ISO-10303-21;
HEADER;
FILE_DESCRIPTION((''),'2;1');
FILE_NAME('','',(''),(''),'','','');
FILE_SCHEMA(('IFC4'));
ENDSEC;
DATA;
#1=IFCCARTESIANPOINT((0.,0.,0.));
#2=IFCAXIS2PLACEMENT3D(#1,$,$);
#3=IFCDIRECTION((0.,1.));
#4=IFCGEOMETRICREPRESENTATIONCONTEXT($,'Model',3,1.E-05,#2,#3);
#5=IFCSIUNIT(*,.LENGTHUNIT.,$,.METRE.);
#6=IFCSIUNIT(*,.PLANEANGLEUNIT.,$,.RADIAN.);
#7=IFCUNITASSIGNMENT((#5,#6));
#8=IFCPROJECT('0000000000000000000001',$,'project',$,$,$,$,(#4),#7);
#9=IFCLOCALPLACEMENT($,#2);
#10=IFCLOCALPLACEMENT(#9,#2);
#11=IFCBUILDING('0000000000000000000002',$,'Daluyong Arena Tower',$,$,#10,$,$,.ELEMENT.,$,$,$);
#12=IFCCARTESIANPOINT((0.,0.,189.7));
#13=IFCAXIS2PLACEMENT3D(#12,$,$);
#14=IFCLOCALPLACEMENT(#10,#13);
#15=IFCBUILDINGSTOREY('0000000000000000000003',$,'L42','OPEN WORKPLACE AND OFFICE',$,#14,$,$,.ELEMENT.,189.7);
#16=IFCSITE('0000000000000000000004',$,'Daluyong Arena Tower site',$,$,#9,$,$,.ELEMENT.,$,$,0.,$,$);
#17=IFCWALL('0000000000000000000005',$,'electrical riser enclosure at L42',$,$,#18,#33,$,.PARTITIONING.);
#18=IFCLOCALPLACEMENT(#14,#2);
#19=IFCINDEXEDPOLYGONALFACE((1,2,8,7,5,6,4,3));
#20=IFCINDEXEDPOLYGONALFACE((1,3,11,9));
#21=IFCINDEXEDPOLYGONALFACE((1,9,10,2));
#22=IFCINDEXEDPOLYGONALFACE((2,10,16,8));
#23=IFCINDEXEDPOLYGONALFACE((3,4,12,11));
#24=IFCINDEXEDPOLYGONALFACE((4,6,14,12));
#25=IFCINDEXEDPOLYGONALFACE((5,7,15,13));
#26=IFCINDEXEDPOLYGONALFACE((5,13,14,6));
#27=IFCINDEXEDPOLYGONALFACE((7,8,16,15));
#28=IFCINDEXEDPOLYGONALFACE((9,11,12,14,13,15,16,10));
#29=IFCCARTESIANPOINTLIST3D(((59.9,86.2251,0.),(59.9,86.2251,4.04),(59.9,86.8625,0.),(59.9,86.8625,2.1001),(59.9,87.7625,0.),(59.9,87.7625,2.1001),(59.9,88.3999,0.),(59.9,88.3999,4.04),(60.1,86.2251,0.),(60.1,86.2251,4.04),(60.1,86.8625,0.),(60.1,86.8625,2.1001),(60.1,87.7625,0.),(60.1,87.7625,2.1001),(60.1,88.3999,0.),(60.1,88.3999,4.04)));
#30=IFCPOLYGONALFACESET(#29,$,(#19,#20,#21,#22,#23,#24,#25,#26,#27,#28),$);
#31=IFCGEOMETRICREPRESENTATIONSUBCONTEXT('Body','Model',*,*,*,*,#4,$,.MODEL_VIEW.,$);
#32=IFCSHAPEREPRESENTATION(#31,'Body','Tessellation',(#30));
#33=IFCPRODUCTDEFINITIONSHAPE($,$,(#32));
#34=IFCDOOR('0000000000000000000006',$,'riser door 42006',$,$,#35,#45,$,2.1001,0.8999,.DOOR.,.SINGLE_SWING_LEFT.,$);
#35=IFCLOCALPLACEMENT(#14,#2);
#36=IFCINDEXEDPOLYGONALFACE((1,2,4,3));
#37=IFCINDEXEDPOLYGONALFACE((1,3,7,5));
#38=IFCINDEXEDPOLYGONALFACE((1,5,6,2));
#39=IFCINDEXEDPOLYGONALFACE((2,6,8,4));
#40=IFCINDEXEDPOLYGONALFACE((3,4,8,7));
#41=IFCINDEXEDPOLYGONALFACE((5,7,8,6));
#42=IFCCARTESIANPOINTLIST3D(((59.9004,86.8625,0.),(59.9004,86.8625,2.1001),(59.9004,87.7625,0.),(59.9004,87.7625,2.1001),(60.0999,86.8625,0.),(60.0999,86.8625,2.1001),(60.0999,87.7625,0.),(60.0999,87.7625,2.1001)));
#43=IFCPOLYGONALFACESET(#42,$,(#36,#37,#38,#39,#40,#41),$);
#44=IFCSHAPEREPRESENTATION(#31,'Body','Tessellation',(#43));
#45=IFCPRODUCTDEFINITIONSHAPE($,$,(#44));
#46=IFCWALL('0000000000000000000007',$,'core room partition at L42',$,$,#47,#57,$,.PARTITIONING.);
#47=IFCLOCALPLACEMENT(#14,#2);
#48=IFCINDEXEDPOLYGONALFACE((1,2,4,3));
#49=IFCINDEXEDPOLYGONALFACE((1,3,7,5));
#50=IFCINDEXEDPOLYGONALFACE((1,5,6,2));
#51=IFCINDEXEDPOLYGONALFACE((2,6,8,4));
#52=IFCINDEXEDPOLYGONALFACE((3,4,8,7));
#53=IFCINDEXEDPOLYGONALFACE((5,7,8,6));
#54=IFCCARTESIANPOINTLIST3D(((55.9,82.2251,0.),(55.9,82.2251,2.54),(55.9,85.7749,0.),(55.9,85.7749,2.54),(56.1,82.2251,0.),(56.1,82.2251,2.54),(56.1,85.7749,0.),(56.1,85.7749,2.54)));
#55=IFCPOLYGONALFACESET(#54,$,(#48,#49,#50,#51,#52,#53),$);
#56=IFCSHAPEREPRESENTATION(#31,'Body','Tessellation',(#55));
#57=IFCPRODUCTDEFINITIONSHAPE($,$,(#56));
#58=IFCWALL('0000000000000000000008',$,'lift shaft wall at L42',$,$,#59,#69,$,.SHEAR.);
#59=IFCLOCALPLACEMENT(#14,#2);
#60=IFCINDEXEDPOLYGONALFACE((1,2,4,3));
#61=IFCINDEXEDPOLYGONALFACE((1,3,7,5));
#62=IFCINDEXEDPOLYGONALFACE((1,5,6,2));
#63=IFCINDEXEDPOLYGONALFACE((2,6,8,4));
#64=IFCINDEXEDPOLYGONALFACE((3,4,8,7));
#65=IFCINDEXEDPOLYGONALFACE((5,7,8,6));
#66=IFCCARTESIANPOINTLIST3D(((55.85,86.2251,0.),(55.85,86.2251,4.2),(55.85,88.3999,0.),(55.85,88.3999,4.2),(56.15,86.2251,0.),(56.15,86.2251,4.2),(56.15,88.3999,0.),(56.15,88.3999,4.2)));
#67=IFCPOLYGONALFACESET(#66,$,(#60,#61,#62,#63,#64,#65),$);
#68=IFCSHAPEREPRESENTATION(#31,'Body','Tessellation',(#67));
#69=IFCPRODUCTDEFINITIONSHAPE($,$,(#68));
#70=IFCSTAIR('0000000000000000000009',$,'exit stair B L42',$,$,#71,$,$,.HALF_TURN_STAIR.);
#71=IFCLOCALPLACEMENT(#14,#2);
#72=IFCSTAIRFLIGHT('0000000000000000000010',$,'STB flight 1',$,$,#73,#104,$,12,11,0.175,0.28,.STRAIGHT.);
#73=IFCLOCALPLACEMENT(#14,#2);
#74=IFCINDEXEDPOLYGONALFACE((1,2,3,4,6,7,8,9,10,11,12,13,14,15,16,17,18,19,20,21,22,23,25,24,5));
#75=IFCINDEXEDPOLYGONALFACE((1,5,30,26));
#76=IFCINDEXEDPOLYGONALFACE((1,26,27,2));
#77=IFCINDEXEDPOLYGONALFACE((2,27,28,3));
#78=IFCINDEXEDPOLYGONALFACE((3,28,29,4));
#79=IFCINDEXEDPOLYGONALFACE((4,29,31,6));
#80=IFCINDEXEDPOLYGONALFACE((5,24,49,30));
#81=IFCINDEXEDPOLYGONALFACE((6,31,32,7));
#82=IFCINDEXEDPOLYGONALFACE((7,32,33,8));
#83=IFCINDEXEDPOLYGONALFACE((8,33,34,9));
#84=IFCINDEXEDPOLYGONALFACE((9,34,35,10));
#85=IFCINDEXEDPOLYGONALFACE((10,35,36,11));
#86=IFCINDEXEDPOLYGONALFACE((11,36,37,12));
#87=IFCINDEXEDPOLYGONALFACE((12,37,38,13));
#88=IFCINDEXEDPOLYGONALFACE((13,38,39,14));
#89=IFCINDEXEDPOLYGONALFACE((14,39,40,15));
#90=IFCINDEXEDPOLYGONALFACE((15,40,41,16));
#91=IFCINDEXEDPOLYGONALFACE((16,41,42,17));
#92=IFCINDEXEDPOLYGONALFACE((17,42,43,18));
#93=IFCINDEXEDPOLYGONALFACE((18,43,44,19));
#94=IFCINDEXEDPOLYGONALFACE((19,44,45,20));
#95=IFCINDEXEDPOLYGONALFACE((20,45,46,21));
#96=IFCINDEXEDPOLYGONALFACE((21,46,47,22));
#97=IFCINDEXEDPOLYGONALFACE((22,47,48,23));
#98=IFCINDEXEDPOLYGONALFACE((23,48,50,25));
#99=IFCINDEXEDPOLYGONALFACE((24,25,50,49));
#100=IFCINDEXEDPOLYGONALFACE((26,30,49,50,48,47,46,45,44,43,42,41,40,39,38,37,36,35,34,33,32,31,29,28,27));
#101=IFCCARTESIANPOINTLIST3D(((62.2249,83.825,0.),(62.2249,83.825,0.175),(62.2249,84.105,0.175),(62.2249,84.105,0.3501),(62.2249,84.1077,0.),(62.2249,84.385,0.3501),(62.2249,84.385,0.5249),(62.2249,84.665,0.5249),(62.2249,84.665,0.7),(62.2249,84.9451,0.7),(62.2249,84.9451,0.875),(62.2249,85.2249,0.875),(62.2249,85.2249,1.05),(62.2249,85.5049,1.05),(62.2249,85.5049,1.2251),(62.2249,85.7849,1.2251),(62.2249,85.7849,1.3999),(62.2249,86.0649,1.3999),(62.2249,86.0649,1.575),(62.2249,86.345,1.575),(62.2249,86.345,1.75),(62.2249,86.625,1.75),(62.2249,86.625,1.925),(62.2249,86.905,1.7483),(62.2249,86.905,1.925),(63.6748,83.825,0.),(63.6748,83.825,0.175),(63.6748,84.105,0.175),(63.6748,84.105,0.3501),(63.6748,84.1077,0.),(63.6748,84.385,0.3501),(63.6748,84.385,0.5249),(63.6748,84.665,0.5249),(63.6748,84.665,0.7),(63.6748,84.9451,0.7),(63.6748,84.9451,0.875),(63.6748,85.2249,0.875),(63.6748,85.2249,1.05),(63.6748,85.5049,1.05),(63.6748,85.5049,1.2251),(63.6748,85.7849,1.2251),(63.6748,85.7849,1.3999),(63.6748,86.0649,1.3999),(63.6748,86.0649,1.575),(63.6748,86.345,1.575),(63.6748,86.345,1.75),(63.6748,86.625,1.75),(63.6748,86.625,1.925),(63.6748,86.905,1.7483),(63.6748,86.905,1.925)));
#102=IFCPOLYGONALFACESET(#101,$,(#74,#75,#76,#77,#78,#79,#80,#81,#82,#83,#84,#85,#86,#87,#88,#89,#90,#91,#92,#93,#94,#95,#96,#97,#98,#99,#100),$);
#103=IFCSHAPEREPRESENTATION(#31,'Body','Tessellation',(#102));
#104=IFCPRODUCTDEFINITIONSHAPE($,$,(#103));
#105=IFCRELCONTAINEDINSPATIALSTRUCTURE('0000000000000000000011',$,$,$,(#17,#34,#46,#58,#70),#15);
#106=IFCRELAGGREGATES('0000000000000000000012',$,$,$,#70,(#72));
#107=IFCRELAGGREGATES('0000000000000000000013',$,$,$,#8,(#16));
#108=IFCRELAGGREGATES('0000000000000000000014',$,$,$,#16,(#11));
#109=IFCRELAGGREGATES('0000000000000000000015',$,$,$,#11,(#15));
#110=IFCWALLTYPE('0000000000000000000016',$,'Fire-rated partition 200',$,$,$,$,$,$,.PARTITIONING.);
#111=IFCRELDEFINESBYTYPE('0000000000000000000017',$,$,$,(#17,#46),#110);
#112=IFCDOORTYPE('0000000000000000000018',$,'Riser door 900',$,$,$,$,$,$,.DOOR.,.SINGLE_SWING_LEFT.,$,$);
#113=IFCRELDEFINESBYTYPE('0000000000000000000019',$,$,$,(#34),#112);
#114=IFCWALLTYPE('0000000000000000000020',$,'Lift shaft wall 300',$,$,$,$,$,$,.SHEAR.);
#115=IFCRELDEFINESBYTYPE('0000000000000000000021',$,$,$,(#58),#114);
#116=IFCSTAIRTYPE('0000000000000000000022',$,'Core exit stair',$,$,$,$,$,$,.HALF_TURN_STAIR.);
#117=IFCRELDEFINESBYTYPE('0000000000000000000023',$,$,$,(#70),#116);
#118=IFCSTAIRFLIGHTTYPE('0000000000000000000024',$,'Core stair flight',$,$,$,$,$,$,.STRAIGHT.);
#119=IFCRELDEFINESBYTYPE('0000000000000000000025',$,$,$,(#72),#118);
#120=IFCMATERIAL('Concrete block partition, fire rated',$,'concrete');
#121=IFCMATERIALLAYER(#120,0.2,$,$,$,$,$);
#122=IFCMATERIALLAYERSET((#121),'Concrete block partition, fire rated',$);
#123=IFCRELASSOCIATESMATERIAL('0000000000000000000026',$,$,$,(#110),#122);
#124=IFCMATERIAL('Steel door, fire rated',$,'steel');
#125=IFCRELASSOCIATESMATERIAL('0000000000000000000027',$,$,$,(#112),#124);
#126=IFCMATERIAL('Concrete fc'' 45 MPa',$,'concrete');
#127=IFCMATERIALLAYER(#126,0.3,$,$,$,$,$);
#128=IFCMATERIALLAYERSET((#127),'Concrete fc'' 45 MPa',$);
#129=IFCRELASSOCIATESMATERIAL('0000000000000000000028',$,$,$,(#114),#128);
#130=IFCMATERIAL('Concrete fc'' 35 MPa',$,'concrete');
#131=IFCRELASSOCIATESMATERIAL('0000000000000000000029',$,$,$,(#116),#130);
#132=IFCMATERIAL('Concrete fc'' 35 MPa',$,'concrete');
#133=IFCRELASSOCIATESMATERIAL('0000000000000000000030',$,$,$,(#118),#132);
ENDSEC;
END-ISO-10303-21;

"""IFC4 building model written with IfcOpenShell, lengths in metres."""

from ifc_helpers import new_model, si_unit, direction, frame, frame_2d, origin, place, context, subcontext, project, spatial, polyline, rectangle, outline, extrude, material, layer, layer_set, type_object, element, fill, aggregate, save


model = new_model("IFC4")

# Units and contexts
model_context = context("Model", 3, precision=1e-05, world=origin(), true_north=direction((0.0, 1.0)))
body_context = subcontext(model_context, "Body", "Model", "MODEL_VIEW")
ifc_project = project(units=[si_unit("LENGTHUNIT", "METRE"), si_unit("PLANEANGLEUNIT", "RADIAN")], contexts=[model_context])

# Site, building, storey
site_placement = place(None, origin())
site = spatial("IfcSite", under=ifc_project, at=site_placement, Name="Daluyong Arena Tower site", CompositionType="ELEMENT", RefElevation=0.0)
building_placement = place(site_placement, origin())
building = spatial("IfcBuilding", under=site, at=building_placement, Name="Daluyong Arena Tower", CompositionType="ELEMENT")
storey_placement = place(building_placement, frame((0.0, 0.0, 189.7)))
storey = spatial("IfcBuildingStorey", under=building, at=storey_placement, Name="L42", Description="OPEN WORKPLACE AND OFFICE", CompositionType="ELEMENT", Elevation=189.7)

# Wall, opening, door
ifc_material_1 = material(Name="Concrete block partition, fire rated", Category="concrete")
ifc_layer_1 = layer(ifc_material_1, 0.2)
ifc_layer_set_1 = layer_set([ifc_layer_1], Name="Concrete block partition, fire rated")
wall_type_1 = type_object("IfcWallType", Name="Fire-rated partition 200", PredefinedType="PARTITIONING", material=ifc_layer_set_1)
wall_1_placement = place(storey_placement, frame((60.0, 86.2251, 0.0), z_axis=(0.0, 0.0, 1.0), x_axis=(0.0, 1.0, 0.0)))
wall_1 = element("IfcWall", 1, at=wall_1_placement, inside=storey, type_object=wall_type_1, Name="electrical riser enclosure at L42", PredefinedType="PARTITIONING", context=body_context, shape_type="SweptSolid", body=[
    extrude(rectangle(XDim=2.1748, YDim=0.2, at=frame_2d((1.0874, 0.0))), origin(), (0.0, 0.0, 1.0), 4.04),
])
opening_1_placement = place(wall_1_placement, frame((0.6375, 0.0, 0.0)))
opening_1 = element("IfcOpeningElement", 2, at=opening_1_placement, cuts=wall_1, PredefinedType="OPENING", context=body_context, shape_type="SweptSolid", body=[
    extrude(rectangle(XDim=0.8999, YDim=2.1001, at=frame_2d((0.45, 1.05))), frame((0.0, 0.1099, 0.0), z_axis=(0.0, -1.0, 0.0), x_axis=(1.0, 0.0, 0.0)), (0.0, 0.0, 1.0), 0.22),
])
ifc_material_2 = material(Name="Steel door, fire rated", Category="steel")
door_type_1 = type_object("IfcDoorType", Name="Riser door 900", OperationType="SINGLE_SWING_LEFT", PredefinedType="DOOR", material=ifc_material_2)
door_1_placement = place(opening_1_placement, origin())
door_1 = element("IfcDoor", 3, at=door_1_placement, inside=storey, type_object=door_type_1, Name="riser door 42006", OperationType="SINGLE_SWING_LEFT", OverallHeight=2.1001, OverallWidth=0.8999, PredefinedType="DOOR", context=body_context, shape_type="SweptSolid", body=[
    extrude(rectangle(XDim=0.8999, YDim=2.1001, at=frame_2d((0.45, 1.05))), frame((0.0, 0.0996, 0.0), z_axis=(0.0, -1.0, 0.0), x_axis=(1.0, 0.0, 0.0)), (0.0, 0.0, 1.0), 0.1995),
])
fill(opening_1, door_1)

# Walls
wall_2_placement = place(storey_placement, frame((56.0, 82.2251, 0.0), z_axis=(0.0, 0.0, 1.0), x_axis=(0.0, 1.0, 0.0)))
element("IfcWall", 4, at=wall_2_placement, inside=storey, type_object=wall_type_1, Name="core room partition at L42", PredefinedType="PARTITIONING", context=body_context, shape_type="SweptSolid", body=[
    extrude(rectangle(XDim=3.5498, YDim=0.2, at=frame_2d((1.7749, 0.0))), origin(), (0.0, 0.0, 1.0), 2.54),
])
ifc_material_3 = material(Name="Concrete fc' 45 MPa", Category="concrete")
ifc_layer_2 = layer(ifc_material_3, 0.3)
ifc_layer_set_2 = layer_set([ifc_layer_2], Name="Concrete fc' 45 MPa")
wall_type_2 = type_object("IfcWallType", Name="Lift shaft wall 300", PredefinedType="SHEAR", material=ifc_layer_set_2)
wall_3_placement = place(storey_placement, frame((56.0, 86.2251, 0.0), z_axis=(0.0, 0.0, 1.0), x_axis=(0.0, 1.0, 0.0)))
element("IfcWall", 5, at=wall_3_placement, inside=storey, type_object=wall_type_2, Name="lift shaft wall at L42", PredefinedType="SHEAR", context=body_context, shape_type="SweptSolid", body=[
    extrude(rectangle(XDim=2.1748, YDim=0.3, at=frame_2d((1.0874, 0.0))), origin(), (0.0, 0.0, 1.0), 4.2),
])

# Stair, stair flight
ifc_material_4 = material(Name="Concrete fc' 35 MPa", Category="concrete")
stair_type = type_object("IfcStairType", Name="Core exit stair", PredefinedType="HALF_TURN_STAIR", material=ifc_material_4)
stair_placement = place(storey_placement, origin())
stair = element("IfcStair", 6, at=stair_placement, inside=storey, type_object=stair_type, Name="exit stair B L42", PredefinedType="HALF_TURN_STAIR")
ifc_material_5 = material(Name="Concrete fc' 35 MPa", Category="concrete")
stair_flight_type = type_object("IfcStairFlightType", Name="Core stair flight", PredefinedType="STRAIGHT", material=ifc_material_5)
stair_flight_placement = place(storey_placement, frame((62.95, 83.825, 0.0), z_axis=(0.0, 0.0, 1.0), x_axis=(0.0, 1.0, 0.0)))
stair_flight = element("IfcStairFlight", 7, at=stair_flight_placement, type_object=stair_flight_type, Name="STB flight 1", NumberOfRisers=12, NumberOfTreads=11, PredefinedType="STRAIGHT", RiserHeight=0.175, TreadLength=0.28, context=body_context, shape_type="SweptSolid", body=[
    extrude(outline(polyline([(0.0, 0.0), (0.0, 0.175), (0.28, 0.175), (0.28, 0.3501), (0.5601, 0.3501), (0.5601, 0.5249), (0.8401, 0.5249), (0.8401, 0.7), (1.1201, 0.7), (1.1201, 0.875), (1.3999, 0.875), (1.3999, 1.05), (1.6799, 1.05), (1.6799, 1.2251), (1.96, 1.2251), (1.96, 1.3999), (2.24, 1.3999), (2.24, 1.575), (2.52, 1.575), (2.52, 1.75), (2.8, 1.75), (2.8, 1.925), (3.0801, 1.925), (3.0801, 2.1001), (3.0801, 1.7483), (0.2827, 0.0), (0.0, 0.0)])), frame((0.0, 0.7251, 0.0), z_axis=(0.0, -1.0, 0.0), x_axis=(1.0, 0.0, 0.0)), (0.0, 0.0, 1.0), 1.45),
])
aggregate(stair, [stair_flight])

save(model, "model.ifc")
